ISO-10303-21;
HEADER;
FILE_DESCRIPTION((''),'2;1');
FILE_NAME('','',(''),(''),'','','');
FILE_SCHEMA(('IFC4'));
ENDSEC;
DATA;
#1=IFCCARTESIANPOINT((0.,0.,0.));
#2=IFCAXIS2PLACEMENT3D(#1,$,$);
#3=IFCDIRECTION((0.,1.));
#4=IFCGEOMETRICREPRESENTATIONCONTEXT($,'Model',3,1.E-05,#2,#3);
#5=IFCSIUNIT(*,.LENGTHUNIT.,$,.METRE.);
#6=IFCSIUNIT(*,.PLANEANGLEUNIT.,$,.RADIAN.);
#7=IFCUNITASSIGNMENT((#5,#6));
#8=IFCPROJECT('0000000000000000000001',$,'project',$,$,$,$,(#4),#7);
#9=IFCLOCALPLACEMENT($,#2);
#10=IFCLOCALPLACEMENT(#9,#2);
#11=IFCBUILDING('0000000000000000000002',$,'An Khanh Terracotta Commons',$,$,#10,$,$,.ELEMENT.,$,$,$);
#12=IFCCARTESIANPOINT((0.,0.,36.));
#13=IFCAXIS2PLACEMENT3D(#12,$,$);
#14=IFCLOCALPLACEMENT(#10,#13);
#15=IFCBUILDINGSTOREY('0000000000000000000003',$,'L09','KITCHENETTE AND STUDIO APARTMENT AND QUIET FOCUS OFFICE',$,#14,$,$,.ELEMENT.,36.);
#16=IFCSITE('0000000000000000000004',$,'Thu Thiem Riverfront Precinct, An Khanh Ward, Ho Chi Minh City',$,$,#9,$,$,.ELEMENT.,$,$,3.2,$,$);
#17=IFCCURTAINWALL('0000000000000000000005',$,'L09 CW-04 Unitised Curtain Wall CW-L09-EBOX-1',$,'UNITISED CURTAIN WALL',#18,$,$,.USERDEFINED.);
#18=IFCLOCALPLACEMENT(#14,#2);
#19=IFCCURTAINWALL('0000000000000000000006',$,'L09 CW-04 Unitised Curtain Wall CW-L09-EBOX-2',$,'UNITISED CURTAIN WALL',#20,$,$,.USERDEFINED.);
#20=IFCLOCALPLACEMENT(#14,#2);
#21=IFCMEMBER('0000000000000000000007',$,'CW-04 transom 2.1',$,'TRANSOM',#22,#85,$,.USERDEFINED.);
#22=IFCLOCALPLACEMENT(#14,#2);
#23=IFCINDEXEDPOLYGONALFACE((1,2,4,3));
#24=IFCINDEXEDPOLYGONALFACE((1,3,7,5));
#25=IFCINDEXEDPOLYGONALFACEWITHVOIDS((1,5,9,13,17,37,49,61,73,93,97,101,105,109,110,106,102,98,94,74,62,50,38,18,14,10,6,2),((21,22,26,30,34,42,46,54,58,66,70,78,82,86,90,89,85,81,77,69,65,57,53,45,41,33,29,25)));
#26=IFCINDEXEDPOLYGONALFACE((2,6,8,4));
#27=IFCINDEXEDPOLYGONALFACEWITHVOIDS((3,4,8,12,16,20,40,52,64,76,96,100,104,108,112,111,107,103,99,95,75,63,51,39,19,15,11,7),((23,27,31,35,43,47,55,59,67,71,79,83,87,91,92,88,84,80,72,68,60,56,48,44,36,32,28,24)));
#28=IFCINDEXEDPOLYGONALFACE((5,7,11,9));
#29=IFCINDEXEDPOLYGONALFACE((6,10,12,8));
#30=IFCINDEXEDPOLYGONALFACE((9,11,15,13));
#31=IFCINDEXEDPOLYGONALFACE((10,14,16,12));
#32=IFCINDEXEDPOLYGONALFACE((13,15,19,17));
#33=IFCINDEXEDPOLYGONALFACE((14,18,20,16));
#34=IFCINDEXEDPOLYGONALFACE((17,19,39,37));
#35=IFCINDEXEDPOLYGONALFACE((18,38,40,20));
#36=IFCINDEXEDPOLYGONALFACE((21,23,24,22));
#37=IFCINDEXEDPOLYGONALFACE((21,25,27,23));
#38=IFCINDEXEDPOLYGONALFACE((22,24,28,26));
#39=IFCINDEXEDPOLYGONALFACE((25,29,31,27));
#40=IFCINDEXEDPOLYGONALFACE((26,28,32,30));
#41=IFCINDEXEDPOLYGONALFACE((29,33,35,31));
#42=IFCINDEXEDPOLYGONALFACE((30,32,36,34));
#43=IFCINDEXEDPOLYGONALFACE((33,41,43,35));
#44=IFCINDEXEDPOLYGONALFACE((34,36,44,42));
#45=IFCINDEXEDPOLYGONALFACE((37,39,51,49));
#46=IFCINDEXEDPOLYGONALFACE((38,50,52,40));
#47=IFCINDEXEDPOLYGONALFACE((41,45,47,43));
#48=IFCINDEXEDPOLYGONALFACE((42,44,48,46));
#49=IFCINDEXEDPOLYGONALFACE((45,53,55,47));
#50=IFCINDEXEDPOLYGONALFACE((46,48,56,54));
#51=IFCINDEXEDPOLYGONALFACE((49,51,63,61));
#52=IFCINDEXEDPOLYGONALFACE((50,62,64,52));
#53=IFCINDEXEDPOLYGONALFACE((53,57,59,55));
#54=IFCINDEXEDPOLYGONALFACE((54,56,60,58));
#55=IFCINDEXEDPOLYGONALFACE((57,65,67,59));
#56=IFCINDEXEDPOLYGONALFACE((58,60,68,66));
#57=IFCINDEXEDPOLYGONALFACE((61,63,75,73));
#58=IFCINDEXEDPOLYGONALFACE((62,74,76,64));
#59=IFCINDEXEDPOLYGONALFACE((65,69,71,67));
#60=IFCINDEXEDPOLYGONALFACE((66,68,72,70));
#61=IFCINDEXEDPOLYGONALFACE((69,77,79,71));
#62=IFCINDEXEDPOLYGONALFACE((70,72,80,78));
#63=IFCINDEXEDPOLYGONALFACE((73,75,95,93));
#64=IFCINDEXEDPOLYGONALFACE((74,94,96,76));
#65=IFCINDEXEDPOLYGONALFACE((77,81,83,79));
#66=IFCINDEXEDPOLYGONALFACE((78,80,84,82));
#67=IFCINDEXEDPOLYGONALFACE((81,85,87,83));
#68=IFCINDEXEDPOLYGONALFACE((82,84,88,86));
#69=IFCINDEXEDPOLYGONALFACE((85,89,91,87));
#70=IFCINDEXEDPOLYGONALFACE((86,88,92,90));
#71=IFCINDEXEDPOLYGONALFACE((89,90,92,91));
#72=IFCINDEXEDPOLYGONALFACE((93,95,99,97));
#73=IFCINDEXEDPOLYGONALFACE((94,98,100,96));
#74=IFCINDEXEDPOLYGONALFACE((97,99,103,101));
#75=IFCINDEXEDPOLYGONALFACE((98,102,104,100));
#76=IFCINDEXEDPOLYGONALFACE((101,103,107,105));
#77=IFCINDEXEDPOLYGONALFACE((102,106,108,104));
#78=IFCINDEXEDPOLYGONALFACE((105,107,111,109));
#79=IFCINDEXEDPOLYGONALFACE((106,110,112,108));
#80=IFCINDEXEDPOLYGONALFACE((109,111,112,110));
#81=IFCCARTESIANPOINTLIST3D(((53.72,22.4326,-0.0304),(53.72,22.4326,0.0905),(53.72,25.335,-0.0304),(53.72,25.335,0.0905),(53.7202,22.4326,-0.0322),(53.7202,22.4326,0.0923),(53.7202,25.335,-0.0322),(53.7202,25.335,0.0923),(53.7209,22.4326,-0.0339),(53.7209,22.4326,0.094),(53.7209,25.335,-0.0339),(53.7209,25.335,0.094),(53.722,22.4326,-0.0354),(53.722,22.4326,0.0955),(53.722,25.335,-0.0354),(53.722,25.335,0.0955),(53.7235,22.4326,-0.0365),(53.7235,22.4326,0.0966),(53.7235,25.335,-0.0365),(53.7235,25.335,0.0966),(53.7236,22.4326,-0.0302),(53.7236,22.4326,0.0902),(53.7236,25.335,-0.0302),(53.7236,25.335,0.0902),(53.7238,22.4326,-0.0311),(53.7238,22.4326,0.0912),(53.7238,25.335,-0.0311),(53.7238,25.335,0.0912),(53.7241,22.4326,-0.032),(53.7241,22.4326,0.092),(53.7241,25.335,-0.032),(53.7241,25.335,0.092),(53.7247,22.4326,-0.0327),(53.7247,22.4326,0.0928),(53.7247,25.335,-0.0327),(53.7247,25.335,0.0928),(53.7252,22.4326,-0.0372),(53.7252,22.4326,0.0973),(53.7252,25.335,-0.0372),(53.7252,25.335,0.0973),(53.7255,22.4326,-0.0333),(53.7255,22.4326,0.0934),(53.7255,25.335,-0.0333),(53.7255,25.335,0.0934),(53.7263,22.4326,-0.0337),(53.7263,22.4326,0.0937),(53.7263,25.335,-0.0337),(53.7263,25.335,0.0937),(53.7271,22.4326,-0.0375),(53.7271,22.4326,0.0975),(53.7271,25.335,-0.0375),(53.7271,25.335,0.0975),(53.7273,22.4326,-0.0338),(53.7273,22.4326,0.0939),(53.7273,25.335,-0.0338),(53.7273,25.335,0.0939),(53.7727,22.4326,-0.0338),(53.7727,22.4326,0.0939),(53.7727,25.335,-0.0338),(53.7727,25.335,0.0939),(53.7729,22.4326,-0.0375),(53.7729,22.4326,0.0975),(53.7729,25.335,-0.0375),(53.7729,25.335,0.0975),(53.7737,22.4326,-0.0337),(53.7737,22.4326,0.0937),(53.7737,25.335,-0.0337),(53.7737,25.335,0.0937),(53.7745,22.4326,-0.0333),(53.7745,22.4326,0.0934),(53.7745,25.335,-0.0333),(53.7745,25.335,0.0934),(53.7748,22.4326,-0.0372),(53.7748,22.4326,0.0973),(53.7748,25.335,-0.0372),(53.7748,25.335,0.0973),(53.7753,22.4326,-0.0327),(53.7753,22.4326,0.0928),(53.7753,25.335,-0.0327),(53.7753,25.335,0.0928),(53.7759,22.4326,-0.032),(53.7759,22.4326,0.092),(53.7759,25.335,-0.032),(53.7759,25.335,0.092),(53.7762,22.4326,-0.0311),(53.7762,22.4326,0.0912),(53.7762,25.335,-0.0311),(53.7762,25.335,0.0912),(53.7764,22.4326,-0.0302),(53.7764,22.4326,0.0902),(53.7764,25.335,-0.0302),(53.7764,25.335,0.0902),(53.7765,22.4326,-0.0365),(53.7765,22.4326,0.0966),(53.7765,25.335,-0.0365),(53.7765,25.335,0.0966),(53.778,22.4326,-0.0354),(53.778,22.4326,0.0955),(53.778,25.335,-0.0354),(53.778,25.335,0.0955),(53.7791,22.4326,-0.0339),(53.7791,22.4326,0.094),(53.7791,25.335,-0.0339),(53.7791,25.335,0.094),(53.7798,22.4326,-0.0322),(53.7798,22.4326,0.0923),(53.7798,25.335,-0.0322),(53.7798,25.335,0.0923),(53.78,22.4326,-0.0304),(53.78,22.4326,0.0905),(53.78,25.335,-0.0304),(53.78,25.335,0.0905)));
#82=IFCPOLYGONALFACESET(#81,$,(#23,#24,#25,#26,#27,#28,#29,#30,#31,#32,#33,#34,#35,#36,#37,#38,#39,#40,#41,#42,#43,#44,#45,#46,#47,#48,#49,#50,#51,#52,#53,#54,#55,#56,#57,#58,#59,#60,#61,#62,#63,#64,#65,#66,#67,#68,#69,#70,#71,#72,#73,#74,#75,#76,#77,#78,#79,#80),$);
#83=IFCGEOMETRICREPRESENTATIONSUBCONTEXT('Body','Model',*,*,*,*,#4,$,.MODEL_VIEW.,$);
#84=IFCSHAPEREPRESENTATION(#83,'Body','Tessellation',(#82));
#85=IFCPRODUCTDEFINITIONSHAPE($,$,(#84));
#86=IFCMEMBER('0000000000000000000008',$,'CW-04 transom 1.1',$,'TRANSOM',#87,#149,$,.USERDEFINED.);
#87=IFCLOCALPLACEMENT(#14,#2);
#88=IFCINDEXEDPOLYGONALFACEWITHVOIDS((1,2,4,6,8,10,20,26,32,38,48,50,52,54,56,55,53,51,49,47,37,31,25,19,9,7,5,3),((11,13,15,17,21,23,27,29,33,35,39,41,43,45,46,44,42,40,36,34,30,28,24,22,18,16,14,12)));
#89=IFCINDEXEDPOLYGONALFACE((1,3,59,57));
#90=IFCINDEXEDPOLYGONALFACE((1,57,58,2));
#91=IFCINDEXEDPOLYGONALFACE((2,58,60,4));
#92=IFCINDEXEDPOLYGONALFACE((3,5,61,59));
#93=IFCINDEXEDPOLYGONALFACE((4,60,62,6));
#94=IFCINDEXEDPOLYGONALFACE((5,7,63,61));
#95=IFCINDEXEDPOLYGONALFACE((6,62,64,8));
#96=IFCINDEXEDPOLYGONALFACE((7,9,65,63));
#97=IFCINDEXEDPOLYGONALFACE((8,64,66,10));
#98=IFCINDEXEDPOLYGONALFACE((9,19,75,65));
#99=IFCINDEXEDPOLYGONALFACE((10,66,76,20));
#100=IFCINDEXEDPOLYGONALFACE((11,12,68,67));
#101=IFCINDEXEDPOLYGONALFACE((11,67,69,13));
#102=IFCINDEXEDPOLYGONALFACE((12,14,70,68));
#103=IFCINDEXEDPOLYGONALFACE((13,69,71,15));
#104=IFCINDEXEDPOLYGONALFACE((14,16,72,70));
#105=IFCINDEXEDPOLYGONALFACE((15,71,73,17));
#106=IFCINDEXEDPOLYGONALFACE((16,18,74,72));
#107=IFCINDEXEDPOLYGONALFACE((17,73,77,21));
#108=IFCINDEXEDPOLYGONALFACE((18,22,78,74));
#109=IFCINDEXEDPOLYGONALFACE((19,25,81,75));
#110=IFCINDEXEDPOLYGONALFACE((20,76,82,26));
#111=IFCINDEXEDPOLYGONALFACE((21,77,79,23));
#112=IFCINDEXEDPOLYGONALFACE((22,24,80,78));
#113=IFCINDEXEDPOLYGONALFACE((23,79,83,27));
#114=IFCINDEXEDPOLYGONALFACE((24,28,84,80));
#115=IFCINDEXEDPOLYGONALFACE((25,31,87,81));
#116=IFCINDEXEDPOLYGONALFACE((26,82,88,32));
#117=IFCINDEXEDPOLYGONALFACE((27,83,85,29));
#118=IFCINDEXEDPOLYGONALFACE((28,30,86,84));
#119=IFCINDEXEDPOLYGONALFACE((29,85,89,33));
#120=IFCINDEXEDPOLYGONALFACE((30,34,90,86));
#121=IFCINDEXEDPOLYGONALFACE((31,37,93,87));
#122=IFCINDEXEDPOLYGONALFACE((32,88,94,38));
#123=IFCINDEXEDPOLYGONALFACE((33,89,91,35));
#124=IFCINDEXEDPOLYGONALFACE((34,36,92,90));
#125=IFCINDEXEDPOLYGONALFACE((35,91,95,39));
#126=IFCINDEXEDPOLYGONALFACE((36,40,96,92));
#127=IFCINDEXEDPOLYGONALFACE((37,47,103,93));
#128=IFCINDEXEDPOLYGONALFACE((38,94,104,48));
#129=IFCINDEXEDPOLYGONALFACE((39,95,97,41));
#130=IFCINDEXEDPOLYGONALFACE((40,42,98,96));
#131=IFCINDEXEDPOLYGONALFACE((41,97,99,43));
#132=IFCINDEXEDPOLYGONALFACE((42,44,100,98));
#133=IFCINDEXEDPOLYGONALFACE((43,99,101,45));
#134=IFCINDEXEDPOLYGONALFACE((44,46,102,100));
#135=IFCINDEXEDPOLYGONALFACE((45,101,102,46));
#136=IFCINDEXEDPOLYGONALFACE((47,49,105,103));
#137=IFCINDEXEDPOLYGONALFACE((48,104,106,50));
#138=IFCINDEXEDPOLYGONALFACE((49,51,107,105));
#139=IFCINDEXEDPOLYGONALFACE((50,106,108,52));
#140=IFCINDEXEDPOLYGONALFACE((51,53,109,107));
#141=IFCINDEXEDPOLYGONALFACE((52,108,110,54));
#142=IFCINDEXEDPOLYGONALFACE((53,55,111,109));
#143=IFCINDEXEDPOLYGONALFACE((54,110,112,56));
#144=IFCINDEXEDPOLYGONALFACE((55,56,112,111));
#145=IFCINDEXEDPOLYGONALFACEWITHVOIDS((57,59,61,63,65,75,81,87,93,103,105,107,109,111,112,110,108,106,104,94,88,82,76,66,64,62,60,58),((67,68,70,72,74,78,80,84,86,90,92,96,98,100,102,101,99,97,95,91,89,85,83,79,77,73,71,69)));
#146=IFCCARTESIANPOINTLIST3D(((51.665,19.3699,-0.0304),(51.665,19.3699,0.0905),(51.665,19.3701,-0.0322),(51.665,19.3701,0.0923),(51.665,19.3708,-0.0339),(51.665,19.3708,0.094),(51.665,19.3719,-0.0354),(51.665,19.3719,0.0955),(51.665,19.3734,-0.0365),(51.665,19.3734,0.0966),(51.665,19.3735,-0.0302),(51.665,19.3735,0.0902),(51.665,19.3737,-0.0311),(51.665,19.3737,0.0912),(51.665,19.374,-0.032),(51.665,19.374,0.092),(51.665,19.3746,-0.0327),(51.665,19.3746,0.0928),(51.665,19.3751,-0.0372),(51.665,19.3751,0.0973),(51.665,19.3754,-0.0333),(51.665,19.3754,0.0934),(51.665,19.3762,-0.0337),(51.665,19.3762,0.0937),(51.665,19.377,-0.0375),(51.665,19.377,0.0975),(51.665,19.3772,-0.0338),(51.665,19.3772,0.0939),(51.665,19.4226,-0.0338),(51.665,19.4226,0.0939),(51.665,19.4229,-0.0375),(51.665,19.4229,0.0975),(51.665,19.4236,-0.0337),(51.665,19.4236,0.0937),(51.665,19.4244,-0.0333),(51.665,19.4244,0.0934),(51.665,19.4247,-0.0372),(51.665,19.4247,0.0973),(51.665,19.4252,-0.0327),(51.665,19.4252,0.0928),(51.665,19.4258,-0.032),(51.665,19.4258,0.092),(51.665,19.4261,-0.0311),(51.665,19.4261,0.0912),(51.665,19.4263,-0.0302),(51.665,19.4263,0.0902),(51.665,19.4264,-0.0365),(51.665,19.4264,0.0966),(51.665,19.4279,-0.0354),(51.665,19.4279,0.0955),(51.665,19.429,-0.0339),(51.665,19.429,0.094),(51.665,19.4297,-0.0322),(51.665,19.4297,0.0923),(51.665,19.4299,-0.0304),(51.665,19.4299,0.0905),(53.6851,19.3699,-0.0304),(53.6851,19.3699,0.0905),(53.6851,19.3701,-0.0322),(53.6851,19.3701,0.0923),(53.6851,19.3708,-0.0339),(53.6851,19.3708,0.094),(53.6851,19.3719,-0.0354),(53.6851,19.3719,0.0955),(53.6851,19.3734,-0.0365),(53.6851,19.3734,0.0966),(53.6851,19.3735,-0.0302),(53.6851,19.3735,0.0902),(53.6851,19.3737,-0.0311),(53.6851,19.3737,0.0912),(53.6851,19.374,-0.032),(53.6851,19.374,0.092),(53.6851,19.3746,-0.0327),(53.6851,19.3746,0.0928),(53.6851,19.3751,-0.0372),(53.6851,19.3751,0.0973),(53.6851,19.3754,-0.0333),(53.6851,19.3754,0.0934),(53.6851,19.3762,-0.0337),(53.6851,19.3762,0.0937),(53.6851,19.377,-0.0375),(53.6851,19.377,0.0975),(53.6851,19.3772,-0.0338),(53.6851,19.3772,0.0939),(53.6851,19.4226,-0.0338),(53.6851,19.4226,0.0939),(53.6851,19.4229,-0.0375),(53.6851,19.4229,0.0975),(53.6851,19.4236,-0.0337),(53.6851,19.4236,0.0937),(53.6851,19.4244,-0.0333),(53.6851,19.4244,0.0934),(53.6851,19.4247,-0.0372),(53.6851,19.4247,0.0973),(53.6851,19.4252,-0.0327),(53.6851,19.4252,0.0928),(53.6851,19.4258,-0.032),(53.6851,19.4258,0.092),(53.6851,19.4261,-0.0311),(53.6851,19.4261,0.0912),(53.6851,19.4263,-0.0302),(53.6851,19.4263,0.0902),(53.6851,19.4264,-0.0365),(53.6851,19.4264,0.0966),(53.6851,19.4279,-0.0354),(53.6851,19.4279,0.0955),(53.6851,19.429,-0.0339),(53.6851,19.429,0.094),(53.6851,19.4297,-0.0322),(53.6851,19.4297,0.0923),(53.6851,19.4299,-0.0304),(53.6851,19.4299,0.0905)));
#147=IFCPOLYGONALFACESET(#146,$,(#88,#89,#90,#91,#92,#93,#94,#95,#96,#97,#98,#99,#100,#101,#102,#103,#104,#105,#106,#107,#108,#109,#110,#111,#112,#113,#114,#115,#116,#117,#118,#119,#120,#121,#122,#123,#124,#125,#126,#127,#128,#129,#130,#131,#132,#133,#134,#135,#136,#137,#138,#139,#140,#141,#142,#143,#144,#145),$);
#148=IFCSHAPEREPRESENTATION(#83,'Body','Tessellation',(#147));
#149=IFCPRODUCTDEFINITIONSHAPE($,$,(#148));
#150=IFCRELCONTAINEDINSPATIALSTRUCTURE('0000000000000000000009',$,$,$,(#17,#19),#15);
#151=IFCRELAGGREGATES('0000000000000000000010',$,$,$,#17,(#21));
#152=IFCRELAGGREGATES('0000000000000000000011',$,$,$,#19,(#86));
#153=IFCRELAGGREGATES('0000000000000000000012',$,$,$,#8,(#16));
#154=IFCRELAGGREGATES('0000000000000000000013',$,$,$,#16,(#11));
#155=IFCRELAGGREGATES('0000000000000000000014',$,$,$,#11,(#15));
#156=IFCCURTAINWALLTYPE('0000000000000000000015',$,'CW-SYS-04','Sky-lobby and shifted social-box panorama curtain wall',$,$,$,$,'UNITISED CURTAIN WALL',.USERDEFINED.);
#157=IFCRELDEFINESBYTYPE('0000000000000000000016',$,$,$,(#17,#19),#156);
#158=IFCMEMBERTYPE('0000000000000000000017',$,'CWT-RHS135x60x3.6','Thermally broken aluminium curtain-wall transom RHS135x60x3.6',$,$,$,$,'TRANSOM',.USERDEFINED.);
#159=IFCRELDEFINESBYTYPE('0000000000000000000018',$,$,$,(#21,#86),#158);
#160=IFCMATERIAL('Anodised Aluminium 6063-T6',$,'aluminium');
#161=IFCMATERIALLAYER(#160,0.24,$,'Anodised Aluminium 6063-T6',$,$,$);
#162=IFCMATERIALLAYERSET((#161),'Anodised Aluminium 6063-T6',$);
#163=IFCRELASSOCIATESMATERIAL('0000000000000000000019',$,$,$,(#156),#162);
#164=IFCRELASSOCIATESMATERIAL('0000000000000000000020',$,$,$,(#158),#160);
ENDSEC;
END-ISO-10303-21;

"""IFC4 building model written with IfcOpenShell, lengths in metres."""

from ifc_helpers import new_model, si_unit, direction, frame, origin, origin_2d, place, context, subcontext, project, spatial, hollow_rectangle, extrude, material, layer, layer_set, material_profile, profile_set, type_object, element, aggregate, save


model = new_model("IFC4")

# Units and contexts
model_context = context("Model", 3, precision=1e-05, world=origin(), true_north=direction((0.0, 1.0)))
body_context = subcontext(model_context, "Body", "Model", "MODEL_VIEW")
ifc_project = project(units=[si_unit("LENGTHUNIT", "METRE"), si_unit("PLANEANGLEUNIT", "RADIAN")], contexts=[model_context])

# Site, building, storey
site_placement = place(None, origin())
site = spatial("IfcSite", under=ifc_project, at=site_placement, Name="Thu Thiem Riverfront Precinct, An Khanh Ward, Ho Chi Minh City", CompositionType="ELEMENT", RefElevation=3.2)
building_placement = place(site_placement, origin())
building = spatial("IfcBuilding", under=site, at=building_placement, Name="An Khanh Terracotta Commons", CompositionType="ELEMENT")
storey_placement = place(building_placement, frame((0.0, 0.0, 36.0)))
storey = spatial("IfcBuildingStorey", under=building, at=storey_placement, Name="L09", Description="KITCHENETTE AND STUDIO APARTMENT AND QUIET FOCUS OFFICE", CompositionType="ELEMENT", Elevation=36.0)

# Curtain walls
ifc_material_1 = material(Name="Anodised Aluminium 6063-T6", Category="aluminium")
ifc_layer_1 = layer(ifc_material_1, 0.24, Name="Anodised Aluminium 6063-T6")
ifc_layer_set_1 = layer_set([ifc_layer_1], Name="Anodised Aluminium 6063-T6")
curtain_wall_type = type_object("IfcCurtainWallType", Name="CW-SYS-04", Description="Sky-lobby and shifted social-box panorama curtain wall", ElementType="UNITISED CURTAIN WALL", PredefinedType="USERDEFINED", material=ifc_layer_set_1)
curtain_wall_1_placement = place(storey_placement, origin())
curtain_wall_1 = element("IfcCurtainWall", 1, at=curtain_wall_1_placement, inside=storey, type_object=curtain_wall_type, Name="L09 CW-04 Unitised Curtain Wall CW-L09-EBOX-1", ObjectType="UNITISED CURTAIN WALL", PredefinedType="USERDEFINED")
curtain_wall_2_placement = place(storey_placement, origin())
curtain_wall_2 = element("IfcCurtainWall", 2, at=curtain_wall_2_placement, inside=storey, type_object=curtain_wall_type, Name="L09 CW-04 Unitised Curtain Wall CW-L09-EBOX-2", ObjectType="UNITISED CURTAIN WALL", PredefinedType="USERDEFINED")

# Members
ifc_material_profile_1 = material_profile(ifc_material_1, hollow_rectangle(XDim=0.0601, YDim=0.135, WallThickness=0.0037, InnerFilletRadius=0.0037, OuterFilletRadius=0.0071, at=origin_2d()), Name="RHS135x60x3.6")
ifc_profile_set_1 = profile_set([ifc_material_profile_1], Name="Anodised Aluminium 6063-T6")
member_type_1 = type_object("IfcMemberType", Name="CWT-RHS135x60x3.6", Description="Thermally broken aluminium curtain-wall transom RHS135x60x3.6", ElementType="TRANSOM", PredefinedType="USERDEFINED", material=ifc_profile_set_1)
member_1_placement = place(storey_placement, frame((53.75, 22.4326, 0.03), z_axis=(0.0, 1.0, 0.0), x_axis=(-1.0, 0.0, 0.0)))
member_1 = element("IfcMember", 3, at=member_1_placement, type_object=member_type_1, Name="CW-04 transom 2.1", ObjectType="TRANSOM", PredefinedType="USERDEFINED", context=body_context, shape_type="SweptSolid", body=[
    extrude(hollow_rectangle(XDim=0.0601, YDim=0.135, WallThickness=0.0037, InnerFilletRadius=0.0037, OuterFilletRadius=0.0071, at=origin_2d()), origin(), (0.0, 0.0, 1.0), 2.9023),
])
member_2_placement = place(storey_placement, frame((51.665, 19.3999, 0.03), z_axis=(1.0, 0.0, 0.0), x_axis=(0.0, 1.0, 0.0)))
member_2 = element("IfcMember", 4, at=member_2_placement, type_object=member_type_1, Name="CW-04 transom 1.1", ObjectType="TRANSOM", PredefinedType="USERDEFINED", context=body_context, shape_type="SweptSolid", body=[
    extrude(hollow_rectangle(XDim=0.0601, YDim=0.135, WallThickness=0.0037, InnerFilletRadius=0.0037, OuterFilletRadius=0.0071, at=origin_2d()), origin(), (0.0, 0.0, 1.0), 2.02),
])

aggregate(curtain_wall_1, [member_1])
aggregate(curtain_wall_2, [member_2])

save(model, "model.ifc")
